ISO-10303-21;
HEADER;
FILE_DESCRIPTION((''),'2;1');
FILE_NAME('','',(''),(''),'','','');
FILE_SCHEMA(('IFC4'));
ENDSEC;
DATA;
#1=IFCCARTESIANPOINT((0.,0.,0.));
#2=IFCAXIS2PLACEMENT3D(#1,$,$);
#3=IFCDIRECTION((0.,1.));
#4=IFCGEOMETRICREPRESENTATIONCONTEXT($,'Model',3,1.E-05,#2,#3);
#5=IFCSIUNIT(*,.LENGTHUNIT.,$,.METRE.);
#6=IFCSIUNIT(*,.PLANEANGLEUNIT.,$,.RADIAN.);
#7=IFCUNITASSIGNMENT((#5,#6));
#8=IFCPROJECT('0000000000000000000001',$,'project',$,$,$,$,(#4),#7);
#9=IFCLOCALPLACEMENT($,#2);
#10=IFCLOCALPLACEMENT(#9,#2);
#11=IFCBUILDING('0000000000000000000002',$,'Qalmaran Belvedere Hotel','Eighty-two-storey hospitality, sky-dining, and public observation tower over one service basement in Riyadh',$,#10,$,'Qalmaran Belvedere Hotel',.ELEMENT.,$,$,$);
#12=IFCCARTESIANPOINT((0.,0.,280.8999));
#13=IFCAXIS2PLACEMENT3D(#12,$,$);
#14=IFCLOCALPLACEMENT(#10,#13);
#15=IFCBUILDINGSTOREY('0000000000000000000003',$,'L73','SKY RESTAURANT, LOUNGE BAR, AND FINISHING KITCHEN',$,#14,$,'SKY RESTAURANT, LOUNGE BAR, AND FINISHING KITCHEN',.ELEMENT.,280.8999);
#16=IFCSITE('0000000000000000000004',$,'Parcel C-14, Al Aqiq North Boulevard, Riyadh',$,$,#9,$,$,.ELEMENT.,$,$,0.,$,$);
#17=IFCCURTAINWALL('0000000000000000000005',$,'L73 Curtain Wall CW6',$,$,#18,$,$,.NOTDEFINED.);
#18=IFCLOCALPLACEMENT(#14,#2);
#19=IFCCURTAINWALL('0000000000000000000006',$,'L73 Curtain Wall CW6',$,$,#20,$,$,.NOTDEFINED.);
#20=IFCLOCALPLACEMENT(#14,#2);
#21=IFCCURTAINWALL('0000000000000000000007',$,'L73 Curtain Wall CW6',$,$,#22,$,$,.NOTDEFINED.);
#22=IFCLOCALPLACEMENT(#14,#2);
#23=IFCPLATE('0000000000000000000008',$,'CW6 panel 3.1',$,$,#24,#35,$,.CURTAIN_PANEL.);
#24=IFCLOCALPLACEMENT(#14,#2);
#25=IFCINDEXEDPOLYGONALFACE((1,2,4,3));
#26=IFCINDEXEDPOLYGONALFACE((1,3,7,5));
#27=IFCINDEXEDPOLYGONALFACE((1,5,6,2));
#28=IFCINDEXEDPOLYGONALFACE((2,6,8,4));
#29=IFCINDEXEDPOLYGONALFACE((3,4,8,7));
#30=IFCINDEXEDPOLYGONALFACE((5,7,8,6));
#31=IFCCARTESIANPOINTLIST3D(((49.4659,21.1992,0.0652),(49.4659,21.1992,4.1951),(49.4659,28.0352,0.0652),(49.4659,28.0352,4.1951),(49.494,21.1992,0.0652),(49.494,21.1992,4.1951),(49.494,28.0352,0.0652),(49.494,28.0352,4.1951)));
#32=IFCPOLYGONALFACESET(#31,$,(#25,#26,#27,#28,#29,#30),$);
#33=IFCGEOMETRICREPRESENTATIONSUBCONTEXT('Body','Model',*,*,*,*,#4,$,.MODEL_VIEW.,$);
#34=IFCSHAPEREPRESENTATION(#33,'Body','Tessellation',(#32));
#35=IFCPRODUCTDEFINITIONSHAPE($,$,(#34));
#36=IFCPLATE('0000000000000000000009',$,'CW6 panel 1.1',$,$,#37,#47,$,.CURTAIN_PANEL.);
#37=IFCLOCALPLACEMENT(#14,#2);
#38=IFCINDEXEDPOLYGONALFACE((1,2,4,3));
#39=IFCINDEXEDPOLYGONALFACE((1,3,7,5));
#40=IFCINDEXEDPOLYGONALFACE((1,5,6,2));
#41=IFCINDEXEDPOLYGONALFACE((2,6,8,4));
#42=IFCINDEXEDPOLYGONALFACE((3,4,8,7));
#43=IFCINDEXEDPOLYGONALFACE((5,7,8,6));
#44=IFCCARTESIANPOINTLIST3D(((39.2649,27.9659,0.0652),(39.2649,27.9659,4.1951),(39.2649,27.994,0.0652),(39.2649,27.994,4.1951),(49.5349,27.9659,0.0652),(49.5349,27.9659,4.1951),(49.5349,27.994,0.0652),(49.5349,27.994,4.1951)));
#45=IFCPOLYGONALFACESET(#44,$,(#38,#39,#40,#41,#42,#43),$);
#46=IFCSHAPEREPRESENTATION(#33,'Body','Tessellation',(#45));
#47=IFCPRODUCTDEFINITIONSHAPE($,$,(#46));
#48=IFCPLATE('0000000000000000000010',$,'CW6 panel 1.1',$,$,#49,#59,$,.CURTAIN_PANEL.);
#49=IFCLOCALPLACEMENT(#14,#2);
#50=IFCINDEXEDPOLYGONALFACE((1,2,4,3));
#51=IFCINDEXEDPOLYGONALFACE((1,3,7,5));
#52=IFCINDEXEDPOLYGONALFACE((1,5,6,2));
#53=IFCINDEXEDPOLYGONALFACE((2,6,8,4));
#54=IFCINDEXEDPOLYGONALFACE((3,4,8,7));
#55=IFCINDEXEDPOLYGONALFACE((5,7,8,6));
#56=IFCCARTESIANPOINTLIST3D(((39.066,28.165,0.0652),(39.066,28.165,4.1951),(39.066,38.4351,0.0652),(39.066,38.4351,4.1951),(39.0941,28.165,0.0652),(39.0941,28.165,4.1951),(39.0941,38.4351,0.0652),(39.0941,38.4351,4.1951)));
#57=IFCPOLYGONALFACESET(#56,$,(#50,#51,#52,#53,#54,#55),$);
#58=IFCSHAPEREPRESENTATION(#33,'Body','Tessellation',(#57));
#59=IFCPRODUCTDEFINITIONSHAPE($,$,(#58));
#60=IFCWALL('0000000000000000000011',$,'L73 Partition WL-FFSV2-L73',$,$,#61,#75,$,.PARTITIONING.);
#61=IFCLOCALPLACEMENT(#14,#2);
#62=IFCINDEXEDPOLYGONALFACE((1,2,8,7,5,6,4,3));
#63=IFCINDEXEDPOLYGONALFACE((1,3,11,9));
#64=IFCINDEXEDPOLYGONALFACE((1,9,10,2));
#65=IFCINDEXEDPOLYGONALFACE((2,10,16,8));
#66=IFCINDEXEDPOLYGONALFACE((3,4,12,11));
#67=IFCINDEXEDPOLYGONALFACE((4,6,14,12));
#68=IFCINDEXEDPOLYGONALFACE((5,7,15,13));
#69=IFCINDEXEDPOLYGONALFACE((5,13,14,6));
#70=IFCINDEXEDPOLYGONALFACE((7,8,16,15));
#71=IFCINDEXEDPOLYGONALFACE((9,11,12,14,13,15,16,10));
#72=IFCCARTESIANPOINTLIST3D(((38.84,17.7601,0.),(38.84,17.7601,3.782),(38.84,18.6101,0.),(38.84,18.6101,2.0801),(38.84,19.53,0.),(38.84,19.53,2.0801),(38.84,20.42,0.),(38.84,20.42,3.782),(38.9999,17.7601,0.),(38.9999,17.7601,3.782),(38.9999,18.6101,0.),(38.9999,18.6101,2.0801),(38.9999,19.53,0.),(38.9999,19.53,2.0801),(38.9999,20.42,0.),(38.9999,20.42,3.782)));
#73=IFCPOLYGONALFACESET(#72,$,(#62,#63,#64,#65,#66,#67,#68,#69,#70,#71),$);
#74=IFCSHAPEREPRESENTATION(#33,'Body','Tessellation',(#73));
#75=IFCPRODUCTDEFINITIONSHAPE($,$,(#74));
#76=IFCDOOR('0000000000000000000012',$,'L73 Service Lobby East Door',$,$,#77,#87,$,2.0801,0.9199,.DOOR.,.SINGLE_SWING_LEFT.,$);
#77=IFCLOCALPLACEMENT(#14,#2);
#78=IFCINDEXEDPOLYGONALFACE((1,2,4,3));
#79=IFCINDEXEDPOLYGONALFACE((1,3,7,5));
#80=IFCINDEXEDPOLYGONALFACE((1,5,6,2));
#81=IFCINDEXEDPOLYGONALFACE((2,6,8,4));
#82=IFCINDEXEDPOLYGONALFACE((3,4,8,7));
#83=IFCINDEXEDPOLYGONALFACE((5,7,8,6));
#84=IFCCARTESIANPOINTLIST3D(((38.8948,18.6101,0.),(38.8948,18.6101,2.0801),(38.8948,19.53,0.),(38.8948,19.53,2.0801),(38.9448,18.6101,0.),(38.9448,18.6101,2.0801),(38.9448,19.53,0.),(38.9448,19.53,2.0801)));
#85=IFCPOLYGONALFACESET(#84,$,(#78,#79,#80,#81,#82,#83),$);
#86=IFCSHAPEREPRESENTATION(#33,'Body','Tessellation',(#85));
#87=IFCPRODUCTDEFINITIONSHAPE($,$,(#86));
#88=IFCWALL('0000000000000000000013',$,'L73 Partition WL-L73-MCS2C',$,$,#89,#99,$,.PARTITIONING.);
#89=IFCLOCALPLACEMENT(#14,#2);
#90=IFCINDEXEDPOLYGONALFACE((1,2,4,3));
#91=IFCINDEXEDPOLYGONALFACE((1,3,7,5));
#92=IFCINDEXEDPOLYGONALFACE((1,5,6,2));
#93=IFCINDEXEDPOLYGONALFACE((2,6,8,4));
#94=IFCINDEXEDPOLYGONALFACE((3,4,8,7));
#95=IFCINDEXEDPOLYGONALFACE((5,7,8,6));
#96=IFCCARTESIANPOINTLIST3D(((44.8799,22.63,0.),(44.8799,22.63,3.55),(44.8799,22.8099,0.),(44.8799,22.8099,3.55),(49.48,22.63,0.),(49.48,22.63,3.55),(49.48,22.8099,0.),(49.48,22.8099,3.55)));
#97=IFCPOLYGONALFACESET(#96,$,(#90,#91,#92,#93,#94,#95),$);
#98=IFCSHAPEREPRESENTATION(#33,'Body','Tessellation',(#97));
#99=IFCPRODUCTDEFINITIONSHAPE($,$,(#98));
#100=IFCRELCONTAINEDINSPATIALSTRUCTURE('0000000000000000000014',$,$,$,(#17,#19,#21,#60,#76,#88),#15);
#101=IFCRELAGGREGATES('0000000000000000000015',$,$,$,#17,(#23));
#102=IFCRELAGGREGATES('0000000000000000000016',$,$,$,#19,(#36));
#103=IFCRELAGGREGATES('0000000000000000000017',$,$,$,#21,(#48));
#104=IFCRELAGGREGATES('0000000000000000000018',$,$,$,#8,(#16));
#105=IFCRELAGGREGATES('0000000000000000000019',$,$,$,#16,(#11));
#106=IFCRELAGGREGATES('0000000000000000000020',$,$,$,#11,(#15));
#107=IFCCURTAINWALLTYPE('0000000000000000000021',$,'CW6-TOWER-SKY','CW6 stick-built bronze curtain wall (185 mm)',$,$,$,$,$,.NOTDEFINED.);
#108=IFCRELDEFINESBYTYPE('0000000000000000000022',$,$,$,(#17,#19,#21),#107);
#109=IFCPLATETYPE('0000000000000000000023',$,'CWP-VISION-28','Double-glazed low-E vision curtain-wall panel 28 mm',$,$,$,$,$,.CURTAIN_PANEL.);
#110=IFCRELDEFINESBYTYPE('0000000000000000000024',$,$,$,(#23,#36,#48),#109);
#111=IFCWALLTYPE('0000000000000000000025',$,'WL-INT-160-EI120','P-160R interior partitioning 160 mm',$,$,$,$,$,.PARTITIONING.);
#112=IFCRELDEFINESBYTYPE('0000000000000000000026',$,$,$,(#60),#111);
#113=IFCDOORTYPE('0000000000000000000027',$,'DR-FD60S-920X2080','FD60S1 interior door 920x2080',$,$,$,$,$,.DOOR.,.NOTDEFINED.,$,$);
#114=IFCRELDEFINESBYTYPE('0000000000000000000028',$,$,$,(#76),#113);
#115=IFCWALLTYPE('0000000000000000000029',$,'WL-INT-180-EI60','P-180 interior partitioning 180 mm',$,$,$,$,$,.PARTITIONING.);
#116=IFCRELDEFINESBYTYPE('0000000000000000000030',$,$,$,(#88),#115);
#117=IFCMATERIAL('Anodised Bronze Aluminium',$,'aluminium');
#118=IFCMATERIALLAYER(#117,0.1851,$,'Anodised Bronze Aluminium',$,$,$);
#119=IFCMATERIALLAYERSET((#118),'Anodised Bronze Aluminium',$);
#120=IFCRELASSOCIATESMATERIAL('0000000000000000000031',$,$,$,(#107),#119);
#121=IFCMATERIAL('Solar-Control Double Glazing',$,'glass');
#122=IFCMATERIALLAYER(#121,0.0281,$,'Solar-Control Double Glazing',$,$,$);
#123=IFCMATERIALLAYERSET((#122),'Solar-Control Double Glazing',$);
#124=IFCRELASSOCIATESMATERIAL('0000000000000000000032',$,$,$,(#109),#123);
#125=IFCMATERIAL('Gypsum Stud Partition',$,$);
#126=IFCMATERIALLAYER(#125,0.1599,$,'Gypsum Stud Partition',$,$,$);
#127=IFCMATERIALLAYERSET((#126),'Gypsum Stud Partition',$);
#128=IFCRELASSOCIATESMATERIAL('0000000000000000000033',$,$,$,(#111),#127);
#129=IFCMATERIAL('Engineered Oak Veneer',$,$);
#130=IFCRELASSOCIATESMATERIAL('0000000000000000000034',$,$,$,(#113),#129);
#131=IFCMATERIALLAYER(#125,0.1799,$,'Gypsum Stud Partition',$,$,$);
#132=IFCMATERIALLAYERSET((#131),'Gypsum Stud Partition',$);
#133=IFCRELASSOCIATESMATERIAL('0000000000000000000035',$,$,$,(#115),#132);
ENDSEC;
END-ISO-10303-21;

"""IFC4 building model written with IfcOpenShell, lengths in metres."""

from ifc_helpers import new_model, si_unit, direction, frame, frame_2d, origin, origin_2d, place, context, subcontext, project, spatial, rectangle, extrude, material, layer, layer_set, type_object, element, fill, aggregate, save


model = new_model("IFC4")

# Units and contexts
model_context = context("Model", 3, precision=1e-05, world=origin(), true_north=direction((0.0, 1.0)))
body_context = subcontext(model_context, "Body", "Model", "MODEL_VIEW")
ifc_project = project(units=[si_unit("LENGTHUNIT", "METRE"), si_unit("PLANEANGLEUNIT", "RADIAN")], contexts=[model_context])

# Site, building, storey
site_placement = place(None, origin())
site = spatial("IfcSite", under=ifc_project, at=site_placement, Name="Parcel C-14, Al Aqiq North Boulevard, Riyadh", CompositionType="ELEMENT", RefElevation=0.0)
building_placement = place(site_placement, origin())
building = spatial("IfcBuilding", under=site, at=building_placement, Name="Qalmaran Belvedere Hotel", Description="Eighty-two-storey hospitality, sky-dining, and public observation tower over one service basement in Riyadh", LongName="Qalmaran Belvedere Hotel", CompositionType="ELEMENT")
storey_placement = place(building_placement, frame((0.0, 0.0, 280.8999)))
storey = spatial("IfcBuildingStorey", under=building, at=storey_placement, Name="L73", Description="SKY RESTAURANT, LOUNGE BAR, AND FINISHING KITCHEN", LongName="SKY RESTAURANT, LOUNGE BAR, AND FINISHING KITCHEN", CompositionType="ELEMENT", Elevation=280.8999)

# Curtain walls
ifc_material_1 = material(Name="Anodised Bronze Aluminium", Category="aluminium")
ifc_layer_1 = layer(ifc_material_1, 0.1851, Name="Anodised Bronze Aluminium")
ifc_layer_set_1 = layer_set([ifc_layer_1], Name="Anodised Bronze Aluminium")
curtain_wall_type = type_object("IfcCurtainWallType", Name="CW6-TOWER-SKY", Description="CW6 stick-built bronze curtain wall (185 mm)", PredefinedType="NOTDEFINED", material=ifc_layer_set_1)
curtain_wall_1_placement = place(storey_placement, origin())
curtain_wall_1 = element("IfcCurtainWall", 1, at=curtain_wall_1_placement, inside=storey, type_object=curtain_wall_type, Name="L73 Curtain Wall CW6", PredefinedType="NOTDEFINED")
curtain_wall_2_placement = place(storey_placement, origin())
curtain_wall_2 = element("IfcCurtainWall", 2, at=curtain_wall_2_placement, inside=storey, type_object=curtain_wall_type, Name="L73 Curtain Wall CW6", PredefinedType="NOTDEFINED")
curtain_wall_3_placement = place(storey_placement, origin())
curtain_wall_3 = element("IfcCurtainWall", 3, at=curtain_wall_3_placement, inside=storey, type_object=curtain_wall_type, Name="L73 Curtain Wall CW6", PredefinedType="NOTDEFINED")

# Plates
ifc_material_2 = material(Name="Solar-Control Double Glazing", Category="glass")
ifc_layer_2 = layer(ifc_material_2, 0.0281, Name="Solar-Control Double Glazing")
ifc_layer_set_2 = layer_set([ifc_layer_2], Name="Solar-Control Double Glazing")
plate_type = type_object("IfcPlateType", Name="CWP-VISION-28", Description="Double-glazed low-E vision curtain-wall panel 28 mm", PredefinedType="CURTAIN_PANEL", material=ifc_layer_set_2)
plate_1_placement = place(storey_placement, frame((49.48, 24.6172, 0.0652), z_axis=(0.0, 0.0, 1.0), x_axis=(0.0, 1.0, 0.0)))
plate_1 = element("IfcPlate", 4, at=plate_1_placement, type_object=plate_type, Name="CW6 panel 3.1", PredefinedType="CURTAIN_PANEL", context=body_context, shape_type="SweptSolid", body=[
    extrude(rectangle(XDim=6.8359, YDim=0.0281, at=origin_2d()), origin(), (0.0, 0.0, 1.0), 4.1299),
])
aggregate(curtain_wall_1, [plate_1])
plate_2_placement = place(storey_placement, frame((44.3999, 27.98, 0.0652), z_axis=(0.0, 0.0, 1.0), x_axis=(-1.0, 0.0, 0.0)))
plate_2 = element("IfcPlate", 5, at=plate_2_placement, type_object=plate_type, Name="CW6 panel 1.1", PredefinedType="CURTAIN_PANEL", context=body_context, shape_type="SweptSolid", body=[
    extrude(rectangle(XDim=10.27, YDim=0.0281, at=origin_2d()), origin(), (0.0, 0.0, 1.0), 4.1299),
])
aggregate(curtain_wall_2, [plate_2])
plate_3_placement = place(storey_placement, frame((39.0801, 33.3, 0.0652), z_axis=(0.0, 0.0, 1.0), x_axis=(0.0, 1.0, 0.0)))
plate_3 = element("IfcPlate", 6, at=plate_3_placement, type_object=plate_type, Name="CW6 panel 1.1", PredefinedType="CURTAIN_PANEL", context=body_context, shape_type="SweptSolid", body=[
    extrude(rectangle(XDim=10.27, YDim=0.0281, at=origin_2d()), origin(), (0.0, 0.0, 1.0), 4.1299),
])
aggregate(curtain_wall_3, [plate_3])

# Wall, opening, door
ifc_material_3 = material(Name="Gypsum Stud Partition")
ifc_layer_3 = layer(ifc_material_3, 0.1599, Name="Gypsum Stud Partition")
ifc_layer_set_3 = layer_set([ifc_layer_3], Name="Gypsum Stud Partition")
wall_type_1 = type_object("IfcWallType", Name="WL-INT-160-EI120", Description="P-160R interior partitioning 160 mm", PredefinedType="PARTITIONING", material=ifc_layer_set_3)
wall_1_placement = place(storey_placement, frame((38.9199, 17.76, 0.0), z_axis=(0.0, 0.0, 1.0), x_axis=(0.0, 1.0, 0.0)))
wall_1 = element("IfcWall", 7, at=wall_1_placement, inside=storey, type_object=wall_type_1, Name="L73 Partition WL-FFSV2-L73", PredefinedType="PARTITIONING", context=body_context, shape_type="SweptSolid", body=[
    extrude(rectangle(XDim=2.6599, YDim=0.1599, at=frame_2d((1.3301, 0.0))), origin(), (0.0, 0.0, 1.0), 3.782),
])
opening_placement = place(wall_1_placement, frame((1.77, 0.0, 0.0), z_axis=(0.0, 0.0, 1.0), x_axis=(-1.0, 0.0, 0.0)))
opening = element("IfcOpeningElement", 8, at=opening_placement, cuts=wall_1, PredefinedType="OPENING", context=body_context, shape_type="SweptSolid", body=[
    extrude(rectangle(XDim=0.9199, YDim=2.0801, at=frame_2d((0.46, 1.04))), frame((0.0, 0.0898, 0.0), z_axis=(0.0, -1.0, 0.0), x_axis=(1.0, 0.0, 0.0)), (0.0, 0.0, 1.0), 0.1799),
])
ifc_material_4 = material(Name="Engineered Oak Veneer")
door_type = type_object("IfcDoorType", Name="DR-FD60S-920X2080", Description="FD60S1 interior door 920x2080", OperationType="NOTDEFINED", PredefinedType="DOOR", material=ifc_material_4)
door_placement = place(opening_placement, origin())
door = element("IfcDoor", 9, at=door_placement, inside=storey, type_object=door_type, Name="L73 Service Lobby East Door", OperationType="SINGLE_SWING_LEFT", OverallHeight=2.0801, OverallWidth=0.9199, PredefinedType="DOOR", context=body_context, shape_type="SweptSolid", body=[
    extrude(rectangle(XDim=0.9199, YDim=2.0801, at=frame_2d((0.46, 1.04))), frame((0.0, 0.0249, 0.0), z_axis=(0.0, -1.0, 0.0), x_axis=(1.0, 0.0, 0.0)), (0.0, 0.0, 1.0), 0.05),
])
fill(opening, door)

# Wall
ifc_layer_4 = layer(ifc_material_3, 0.1799, Name="Gypsum Stud Partition")
ifc_layer_set_4 = layer_set([ifc_layer_4], Name="Gypsum Stud Partition")
wall_type_2 = type_object("IfcWallType", Name="WL-INT-180-EI60", Description="P-180 interior partitioning 180 mm", PredefinedType="PARTITIONING", material=ifc_layer_set_4)
wall_2_placement = place(storey_placement, frame((44.8799, 22.72, 0.0), z_axis=(0.0, 0.0, 1.0), x_axis=(1.0, 0.0, 0.0)))
element("IfcWall", 10, at=wall_2_placement, inside=storey, type_object=wall_type_2, Name="L73 Partition WL-L73-MCS2C", PredefinedType="PARTITIONING", context=body_context, shape_type="SweptSolid", body=[
    extrude(rectangle(XDim=4.6001, YDim=0.1799, at=frame_2d((2.3, 0.0))), origin(), (0.0, 0.0, 1.0), 3.55),
])

save(model, "model.ifc")
